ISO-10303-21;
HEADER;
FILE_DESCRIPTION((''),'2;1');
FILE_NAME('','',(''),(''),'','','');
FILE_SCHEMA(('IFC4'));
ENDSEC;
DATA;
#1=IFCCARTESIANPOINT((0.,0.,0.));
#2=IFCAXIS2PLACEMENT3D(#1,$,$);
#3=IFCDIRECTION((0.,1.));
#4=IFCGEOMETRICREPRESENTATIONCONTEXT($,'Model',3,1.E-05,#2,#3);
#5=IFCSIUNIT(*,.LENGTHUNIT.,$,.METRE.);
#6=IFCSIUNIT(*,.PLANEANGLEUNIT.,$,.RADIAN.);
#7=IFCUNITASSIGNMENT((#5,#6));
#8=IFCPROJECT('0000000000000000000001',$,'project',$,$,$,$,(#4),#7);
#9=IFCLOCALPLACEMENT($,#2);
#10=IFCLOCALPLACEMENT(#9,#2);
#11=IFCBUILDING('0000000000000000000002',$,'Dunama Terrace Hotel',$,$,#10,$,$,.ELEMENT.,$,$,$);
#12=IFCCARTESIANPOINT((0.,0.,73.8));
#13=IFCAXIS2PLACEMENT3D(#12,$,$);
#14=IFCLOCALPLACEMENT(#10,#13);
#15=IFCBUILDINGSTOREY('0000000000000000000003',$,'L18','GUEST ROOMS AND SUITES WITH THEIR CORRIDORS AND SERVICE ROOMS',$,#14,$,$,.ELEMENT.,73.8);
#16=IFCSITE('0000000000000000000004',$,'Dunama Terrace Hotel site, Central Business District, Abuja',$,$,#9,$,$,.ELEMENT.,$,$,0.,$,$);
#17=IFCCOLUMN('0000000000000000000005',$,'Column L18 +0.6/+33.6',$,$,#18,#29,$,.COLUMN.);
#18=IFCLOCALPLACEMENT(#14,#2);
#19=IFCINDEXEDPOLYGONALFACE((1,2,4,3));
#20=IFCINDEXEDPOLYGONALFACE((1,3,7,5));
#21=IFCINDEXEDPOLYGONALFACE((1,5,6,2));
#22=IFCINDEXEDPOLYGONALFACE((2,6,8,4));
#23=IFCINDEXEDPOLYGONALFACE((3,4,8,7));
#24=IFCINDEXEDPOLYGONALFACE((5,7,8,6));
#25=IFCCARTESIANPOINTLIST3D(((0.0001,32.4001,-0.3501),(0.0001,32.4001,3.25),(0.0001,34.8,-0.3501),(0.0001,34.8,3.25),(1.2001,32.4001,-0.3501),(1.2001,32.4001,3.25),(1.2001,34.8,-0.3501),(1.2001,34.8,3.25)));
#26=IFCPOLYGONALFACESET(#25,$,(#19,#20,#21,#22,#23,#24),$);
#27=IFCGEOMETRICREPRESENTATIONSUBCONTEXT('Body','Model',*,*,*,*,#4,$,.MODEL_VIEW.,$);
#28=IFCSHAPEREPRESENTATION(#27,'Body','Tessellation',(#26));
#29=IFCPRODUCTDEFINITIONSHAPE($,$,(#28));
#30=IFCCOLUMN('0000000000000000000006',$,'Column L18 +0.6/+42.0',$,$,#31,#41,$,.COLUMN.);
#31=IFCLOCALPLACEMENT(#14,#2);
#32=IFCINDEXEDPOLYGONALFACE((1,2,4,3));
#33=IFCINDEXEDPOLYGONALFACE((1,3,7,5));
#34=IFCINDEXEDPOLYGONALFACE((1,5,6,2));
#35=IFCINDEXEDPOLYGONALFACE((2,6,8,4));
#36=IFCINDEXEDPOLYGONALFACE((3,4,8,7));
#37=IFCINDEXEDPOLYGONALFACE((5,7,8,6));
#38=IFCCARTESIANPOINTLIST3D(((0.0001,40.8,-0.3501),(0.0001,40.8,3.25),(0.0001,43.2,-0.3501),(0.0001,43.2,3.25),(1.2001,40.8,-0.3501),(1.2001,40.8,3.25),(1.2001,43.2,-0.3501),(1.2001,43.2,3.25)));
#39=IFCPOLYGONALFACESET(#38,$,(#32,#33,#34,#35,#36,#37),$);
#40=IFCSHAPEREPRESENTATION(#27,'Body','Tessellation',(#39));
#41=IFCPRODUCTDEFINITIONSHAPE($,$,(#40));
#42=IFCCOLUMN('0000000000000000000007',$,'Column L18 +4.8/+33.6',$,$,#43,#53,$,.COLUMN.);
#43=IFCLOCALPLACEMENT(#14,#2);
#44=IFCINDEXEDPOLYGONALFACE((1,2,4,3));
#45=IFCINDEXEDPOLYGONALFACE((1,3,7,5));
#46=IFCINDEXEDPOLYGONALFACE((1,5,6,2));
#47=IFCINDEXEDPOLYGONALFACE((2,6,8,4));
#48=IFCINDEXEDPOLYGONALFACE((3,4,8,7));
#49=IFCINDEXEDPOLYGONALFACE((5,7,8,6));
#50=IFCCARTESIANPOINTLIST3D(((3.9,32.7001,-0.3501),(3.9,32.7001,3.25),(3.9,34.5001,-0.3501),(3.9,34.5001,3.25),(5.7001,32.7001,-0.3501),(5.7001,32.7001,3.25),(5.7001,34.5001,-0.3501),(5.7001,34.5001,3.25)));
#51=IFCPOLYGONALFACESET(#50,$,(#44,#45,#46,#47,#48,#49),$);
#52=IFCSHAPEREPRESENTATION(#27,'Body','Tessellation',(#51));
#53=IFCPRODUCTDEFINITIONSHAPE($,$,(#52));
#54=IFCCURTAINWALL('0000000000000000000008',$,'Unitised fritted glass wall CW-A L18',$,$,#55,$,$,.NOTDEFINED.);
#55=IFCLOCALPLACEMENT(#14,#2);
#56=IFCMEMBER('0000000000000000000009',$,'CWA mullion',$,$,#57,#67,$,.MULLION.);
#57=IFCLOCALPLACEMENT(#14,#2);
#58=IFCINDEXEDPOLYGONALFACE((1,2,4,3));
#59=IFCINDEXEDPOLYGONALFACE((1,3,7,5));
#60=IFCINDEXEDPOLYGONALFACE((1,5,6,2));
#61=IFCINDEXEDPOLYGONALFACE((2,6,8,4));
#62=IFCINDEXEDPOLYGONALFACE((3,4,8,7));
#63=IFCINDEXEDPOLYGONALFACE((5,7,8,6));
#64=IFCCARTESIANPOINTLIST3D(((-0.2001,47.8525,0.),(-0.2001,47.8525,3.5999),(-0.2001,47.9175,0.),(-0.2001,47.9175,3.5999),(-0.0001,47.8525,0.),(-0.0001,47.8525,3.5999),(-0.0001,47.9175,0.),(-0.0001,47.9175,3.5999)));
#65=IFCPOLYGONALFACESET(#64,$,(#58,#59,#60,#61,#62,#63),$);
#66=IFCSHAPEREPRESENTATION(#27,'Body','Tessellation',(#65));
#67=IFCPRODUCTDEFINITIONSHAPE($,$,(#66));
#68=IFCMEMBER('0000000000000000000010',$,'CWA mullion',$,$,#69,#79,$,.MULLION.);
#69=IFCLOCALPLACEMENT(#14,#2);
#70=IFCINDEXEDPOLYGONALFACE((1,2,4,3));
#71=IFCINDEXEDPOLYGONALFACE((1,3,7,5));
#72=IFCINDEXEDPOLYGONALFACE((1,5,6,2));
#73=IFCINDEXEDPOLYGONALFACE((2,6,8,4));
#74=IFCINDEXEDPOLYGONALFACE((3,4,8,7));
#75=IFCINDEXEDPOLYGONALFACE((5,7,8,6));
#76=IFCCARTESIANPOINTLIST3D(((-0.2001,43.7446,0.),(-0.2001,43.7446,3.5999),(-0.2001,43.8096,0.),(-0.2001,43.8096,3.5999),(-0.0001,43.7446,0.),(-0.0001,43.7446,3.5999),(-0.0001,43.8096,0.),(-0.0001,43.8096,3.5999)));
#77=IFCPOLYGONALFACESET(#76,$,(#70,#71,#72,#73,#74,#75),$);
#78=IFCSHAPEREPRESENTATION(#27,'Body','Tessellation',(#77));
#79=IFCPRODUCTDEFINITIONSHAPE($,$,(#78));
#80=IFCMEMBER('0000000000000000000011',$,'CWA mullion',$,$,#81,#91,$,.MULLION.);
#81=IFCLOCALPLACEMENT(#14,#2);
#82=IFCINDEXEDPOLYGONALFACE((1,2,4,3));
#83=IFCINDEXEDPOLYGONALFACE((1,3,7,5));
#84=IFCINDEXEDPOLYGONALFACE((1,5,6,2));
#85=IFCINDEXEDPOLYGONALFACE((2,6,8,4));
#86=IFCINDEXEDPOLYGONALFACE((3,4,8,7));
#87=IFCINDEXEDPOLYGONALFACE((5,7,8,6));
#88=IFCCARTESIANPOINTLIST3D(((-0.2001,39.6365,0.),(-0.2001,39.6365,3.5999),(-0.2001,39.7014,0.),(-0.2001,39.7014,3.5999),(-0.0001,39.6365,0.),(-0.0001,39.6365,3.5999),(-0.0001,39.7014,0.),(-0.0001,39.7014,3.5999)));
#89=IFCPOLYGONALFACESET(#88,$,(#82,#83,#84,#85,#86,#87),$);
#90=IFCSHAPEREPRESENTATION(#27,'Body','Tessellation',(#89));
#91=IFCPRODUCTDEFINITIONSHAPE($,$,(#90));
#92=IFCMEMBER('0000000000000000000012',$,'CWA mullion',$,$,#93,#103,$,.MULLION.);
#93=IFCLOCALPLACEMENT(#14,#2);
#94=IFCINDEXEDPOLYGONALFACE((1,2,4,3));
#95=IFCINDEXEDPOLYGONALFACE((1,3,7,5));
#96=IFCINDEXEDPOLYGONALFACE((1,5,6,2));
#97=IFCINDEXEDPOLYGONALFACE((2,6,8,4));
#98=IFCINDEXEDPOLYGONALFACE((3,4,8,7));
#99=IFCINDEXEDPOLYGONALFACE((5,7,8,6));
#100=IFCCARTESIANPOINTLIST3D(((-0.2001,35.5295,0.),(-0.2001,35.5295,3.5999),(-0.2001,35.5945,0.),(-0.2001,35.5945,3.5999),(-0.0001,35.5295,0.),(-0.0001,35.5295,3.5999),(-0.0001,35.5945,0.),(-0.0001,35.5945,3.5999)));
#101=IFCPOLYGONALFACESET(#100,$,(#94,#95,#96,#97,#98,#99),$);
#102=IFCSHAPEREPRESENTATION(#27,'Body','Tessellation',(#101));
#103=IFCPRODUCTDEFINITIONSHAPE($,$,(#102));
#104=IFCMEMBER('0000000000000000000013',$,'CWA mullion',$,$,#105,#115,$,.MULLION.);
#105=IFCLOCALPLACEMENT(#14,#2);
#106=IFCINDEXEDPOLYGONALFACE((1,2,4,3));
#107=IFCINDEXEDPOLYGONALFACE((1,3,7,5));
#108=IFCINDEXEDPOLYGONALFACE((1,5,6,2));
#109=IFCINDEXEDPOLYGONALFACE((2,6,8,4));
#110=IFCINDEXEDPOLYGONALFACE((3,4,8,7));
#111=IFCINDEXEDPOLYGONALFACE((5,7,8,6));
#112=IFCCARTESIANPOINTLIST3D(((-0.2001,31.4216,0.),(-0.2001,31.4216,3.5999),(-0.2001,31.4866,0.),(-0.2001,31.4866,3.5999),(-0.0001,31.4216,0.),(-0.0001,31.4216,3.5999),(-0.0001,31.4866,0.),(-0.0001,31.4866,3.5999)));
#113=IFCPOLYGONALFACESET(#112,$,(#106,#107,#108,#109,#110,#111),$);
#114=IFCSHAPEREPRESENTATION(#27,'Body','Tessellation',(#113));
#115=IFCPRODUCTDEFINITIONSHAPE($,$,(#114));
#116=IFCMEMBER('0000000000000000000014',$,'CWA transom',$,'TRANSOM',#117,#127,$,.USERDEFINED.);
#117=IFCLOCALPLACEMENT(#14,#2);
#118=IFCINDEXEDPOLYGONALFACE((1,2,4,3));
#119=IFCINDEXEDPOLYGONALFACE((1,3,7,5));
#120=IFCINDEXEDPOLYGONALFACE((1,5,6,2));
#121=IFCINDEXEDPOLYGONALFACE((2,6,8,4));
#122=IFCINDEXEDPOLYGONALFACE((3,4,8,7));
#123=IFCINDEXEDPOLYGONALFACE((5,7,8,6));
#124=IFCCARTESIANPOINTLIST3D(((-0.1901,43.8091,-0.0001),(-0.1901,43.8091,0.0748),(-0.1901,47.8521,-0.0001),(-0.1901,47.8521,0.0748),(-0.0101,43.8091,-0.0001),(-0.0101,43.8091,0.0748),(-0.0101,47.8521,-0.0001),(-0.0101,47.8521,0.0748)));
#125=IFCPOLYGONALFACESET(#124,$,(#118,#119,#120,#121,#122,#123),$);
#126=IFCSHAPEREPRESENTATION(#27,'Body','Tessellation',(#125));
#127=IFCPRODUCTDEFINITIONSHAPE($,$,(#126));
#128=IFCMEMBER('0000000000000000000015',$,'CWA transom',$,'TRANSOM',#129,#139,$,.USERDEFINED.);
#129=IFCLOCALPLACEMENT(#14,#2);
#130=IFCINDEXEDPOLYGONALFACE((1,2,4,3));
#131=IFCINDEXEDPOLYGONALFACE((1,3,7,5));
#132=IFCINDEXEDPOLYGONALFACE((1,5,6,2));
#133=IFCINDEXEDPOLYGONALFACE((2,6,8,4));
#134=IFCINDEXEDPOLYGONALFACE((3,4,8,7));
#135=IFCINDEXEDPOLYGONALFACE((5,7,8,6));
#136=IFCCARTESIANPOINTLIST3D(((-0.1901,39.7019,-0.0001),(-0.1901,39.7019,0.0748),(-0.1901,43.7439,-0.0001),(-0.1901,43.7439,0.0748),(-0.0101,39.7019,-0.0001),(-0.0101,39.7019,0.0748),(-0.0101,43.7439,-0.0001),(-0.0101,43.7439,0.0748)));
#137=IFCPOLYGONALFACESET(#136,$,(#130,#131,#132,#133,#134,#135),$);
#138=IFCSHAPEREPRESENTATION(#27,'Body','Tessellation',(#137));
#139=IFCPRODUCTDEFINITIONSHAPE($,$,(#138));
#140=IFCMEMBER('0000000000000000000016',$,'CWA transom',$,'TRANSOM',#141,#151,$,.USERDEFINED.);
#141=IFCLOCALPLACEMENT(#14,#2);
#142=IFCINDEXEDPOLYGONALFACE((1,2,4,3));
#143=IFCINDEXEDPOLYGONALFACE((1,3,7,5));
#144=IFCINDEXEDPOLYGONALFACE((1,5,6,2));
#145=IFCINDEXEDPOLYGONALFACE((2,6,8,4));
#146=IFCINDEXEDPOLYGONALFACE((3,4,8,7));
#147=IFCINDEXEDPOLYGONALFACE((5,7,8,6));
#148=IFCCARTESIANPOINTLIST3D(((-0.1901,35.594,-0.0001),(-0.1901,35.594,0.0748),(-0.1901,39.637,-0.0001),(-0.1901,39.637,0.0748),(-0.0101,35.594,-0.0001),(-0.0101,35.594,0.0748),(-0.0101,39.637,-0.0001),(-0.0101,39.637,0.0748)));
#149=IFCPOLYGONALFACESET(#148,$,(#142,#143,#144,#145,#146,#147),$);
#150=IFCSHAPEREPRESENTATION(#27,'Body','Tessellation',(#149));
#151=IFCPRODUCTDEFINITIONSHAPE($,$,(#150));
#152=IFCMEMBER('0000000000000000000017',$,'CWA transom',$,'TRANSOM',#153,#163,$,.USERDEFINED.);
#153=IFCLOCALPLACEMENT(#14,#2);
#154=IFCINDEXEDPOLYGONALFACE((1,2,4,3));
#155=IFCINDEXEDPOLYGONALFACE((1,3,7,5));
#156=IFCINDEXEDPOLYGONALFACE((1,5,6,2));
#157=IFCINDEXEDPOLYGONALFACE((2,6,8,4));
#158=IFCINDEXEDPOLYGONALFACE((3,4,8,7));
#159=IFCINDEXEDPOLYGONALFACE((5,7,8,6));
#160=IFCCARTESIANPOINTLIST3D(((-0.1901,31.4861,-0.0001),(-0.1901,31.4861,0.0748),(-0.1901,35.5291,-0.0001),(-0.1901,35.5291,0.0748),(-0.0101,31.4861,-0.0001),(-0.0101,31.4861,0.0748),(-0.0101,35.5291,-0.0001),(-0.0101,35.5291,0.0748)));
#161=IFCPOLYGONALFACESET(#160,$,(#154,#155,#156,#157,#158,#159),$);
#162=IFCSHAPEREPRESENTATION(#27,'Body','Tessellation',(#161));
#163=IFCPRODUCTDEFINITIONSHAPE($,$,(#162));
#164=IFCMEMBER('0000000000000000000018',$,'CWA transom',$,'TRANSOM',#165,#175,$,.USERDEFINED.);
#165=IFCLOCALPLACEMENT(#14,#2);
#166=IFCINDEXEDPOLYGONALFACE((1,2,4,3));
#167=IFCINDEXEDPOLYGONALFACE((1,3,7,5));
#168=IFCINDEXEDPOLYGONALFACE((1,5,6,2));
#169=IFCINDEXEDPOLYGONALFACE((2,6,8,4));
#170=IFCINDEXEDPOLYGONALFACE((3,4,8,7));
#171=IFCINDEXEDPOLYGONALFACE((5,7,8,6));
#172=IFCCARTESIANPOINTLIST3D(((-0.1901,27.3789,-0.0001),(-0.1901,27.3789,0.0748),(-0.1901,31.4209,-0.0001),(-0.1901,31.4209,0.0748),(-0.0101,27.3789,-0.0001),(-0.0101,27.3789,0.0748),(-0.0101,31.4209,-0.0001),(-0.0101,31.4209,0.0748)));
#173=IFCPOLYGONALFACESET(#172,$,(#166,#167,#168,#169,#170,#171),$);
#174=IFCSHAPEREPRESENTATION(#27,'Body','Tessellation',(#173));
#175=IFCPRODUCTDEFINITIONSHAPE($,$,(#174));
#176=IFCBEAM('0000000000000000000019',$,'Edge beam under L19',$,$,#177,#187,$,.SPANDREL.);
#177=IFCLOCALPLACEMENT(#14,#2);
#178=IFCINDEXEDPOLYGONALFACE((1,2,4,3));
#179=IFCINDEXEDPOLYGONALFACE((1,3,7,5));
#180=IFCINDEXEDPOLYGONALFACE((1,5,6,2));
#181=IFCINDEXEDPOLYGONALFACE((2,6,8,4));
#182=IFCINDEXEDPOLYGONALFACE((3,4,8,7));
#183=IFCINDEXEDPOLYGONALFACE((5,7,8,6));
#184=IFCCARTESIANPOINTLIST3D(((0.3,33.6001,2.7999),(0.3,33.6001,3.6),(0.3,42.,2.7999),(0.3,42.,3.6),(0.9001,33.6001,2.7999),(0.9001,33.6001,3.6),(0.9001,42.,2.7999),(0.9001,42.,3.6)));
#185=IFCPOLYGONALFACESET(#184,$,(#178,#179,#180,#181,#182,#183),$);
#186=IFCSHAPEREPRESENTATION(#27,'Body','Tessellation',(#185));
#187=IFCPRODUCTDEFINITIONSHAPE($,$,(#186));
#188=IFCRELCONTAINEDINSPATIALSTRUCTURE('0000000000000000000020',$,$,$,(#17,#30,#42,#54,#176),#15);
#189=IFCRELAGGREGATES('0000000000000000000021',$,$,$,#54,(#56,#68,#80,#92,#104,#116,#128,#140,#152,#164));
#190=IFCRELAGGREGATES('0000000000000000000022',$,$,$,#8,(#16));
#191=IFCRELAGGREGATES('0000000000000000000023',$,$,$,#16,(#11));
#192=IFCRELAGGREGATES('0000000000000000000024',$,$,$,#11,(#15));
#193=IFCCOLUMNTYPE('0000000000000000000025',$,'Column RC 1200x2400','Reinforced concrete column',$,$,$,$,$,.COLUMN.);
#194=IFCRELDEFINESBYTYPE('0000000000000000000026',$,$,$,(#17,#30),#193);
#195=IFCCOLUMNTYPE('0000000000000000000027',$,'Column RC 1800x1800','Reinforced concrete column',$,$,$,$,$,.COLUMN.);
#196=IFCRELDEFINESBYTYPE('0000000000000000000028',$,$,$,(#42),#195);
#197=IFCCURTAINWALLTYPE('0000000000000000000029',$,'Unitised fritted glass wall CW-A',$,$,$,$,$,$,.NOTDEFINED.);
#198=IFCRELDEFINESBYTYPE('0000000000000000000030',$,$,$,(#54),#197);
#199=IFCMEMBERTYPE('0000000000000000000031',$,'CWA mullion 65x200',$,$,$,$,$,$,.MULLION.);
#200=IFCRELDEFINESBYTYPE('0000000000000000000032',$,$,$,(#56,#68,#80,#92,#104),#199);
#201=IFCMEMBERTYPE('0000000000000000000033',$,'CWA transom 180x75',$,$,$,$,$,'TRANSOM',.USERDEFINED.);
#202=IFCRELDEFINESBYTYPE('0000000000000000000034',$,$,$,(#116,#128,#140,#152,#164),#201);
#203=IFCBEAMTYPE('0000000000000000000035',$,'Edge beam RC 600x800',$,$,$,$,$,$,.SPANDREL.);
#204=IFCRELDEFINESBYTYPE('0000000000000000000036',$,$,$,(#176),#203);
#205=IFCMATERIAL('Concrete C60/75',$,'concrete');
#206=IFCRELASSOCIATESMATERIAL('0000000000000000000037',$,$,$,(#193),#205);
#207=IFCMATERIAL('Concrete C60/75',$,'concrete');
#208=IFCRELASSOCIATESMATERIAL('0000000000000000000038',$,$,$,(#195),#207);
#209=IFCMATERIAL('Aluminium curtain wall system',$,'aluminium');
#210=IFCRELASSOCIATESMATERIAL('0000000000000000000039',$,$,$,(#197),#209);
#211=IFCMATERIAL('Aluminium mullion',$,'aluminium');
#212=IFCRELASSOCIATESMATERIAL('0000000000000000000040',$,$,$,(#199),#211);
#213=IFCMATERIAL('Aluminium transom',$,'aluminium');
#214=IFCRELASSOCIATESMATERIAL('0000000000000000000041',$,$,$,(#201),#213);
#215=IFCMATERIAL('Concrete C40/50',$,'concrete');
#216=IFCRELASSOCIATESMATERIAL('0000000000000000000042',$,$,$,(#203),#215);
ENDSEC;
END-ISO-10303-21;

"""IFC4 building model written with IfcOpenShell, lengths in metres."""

from ifc_helpers import new_model, si_unit, direction, frame, origin, origin_2d, place, context, subcontext, project, spatial, rectangle, extrude, material, material_profile, profile_set, type_object, element, aggregate, save


model = new_model("IFC4")

# Units and contexts
model_context = context("Model", 3, precision=1e-05, world=origin(), true_north=direction((0.0, 1.0)))
body_context = subcontext(model_context, "Body", "Model", "MODEL_VIEW")
ifc_project = project(units=[si_unit("LENGTHUNIT", "METRE"), si_unit("PLANEANGLEUNIT", "RADIAN")], contexts=[model_context])

# Site, building, storey
site_placement = place(None, origin())
site = spatial("IfcSite", under=ifc_project, at=site_placement, Name="Dunama Terrace Hotel site, Central Business District, Abuja", CompositionType="ELEMENT", RefElevation=0.0)
building_placement = place(site_placement, origin())
building = spatial("IfcBuilding", under=site, at=building_placement, Name="Dunama Terrace Hotel", CompositionType="ELEMENT")
storey_placement = place(building_placement, frame((0.0, 0.0, 73.8)))
storey = spatial("IfcBuildingStorey", under=building, at=storey_placement, Name="L18", Description="GUEST ROOMS AND SUITES WITH THEIR CORRIDORS AND SERVICE ROOMS", CompositionType="ELEMENT", Elevation=73.8)

# Columns
ifc_material_1 = material(Name="Concrete C60/75", Category="concrete")
ifc_material_profile_1 = material_profile(ifc_material_1, rectangle(XDim=1.2, YDim=2.3999, at=origin_2d()), Name="RC 1200x2400")
ifc_profile_set_1 = profile_set([ifc_material_profile_1], Name="Concrete C60/75")
column_type_1 = type_object("IfcColumnType", Name="Column RC 1200x2400", Description="Reinforced concrete column", PredefinedType="COLUMN", material=ifc_profile_set_1)
for number, where, z_axis, x_axis, name in (
    (1, (0.6001, 33.6001, -0.3501), (0.0, 0.0, 1.0), (1.0, 0.0, 0.0), "Column L18 +0.6/+33.6"),
    (2, (0.6001, 42.0, -0.3501), (0.0, 0.0, 1.0), (1.0, 0.0, 0.0), "Column L18 +0.6/+42.0"),
):
    element("IfcColumn", number, at=place(storey_placement, frame(where, z_axis=z_axis, x_axis=x_axis)), inside=storey, type_object=column_type_1, Name=name, PredefinedType="COLUMN", context=body_context, shape_type="SweptSolid", body=[
        extrude(rectangle(XDim=1.2, YDim=2.3999, at=origin_2d()), origin(), (0.0, 0.0, 1.0), 3.6001),
    ])
ifc_material_2 = material(Name="Concrete C60/75", Category="concrete")
ifc_material_profile_2 = material_profile(ifc_material_2, rectangle(XDim=1.8, YDim=1.8, at=origin_2d()), Name="RC 1800x1800")
ifc_profile_set_2 = profile_set([ifc_material_profile_2], Name="Concrete C60/75")
column_type_2 = type_object("IfcColumnType", Name="Column RC 1800x1800", Description="Reinforced concrete column", PredefinedType="COLUMN", material=ifc_profile_set_2)
column_placement = place(storey_placement, frame((4.8, 33.6001, -0.3501), z_axis=(0.0, 0.0, 1.0), x_axis=(1.0, 0.0, 0.0)))
element("IfcColumn", 3, at=column_placement, inside=storey, type_object=column_type_2, Name="Column L18 +4.8/+33.6", PredefinedType="COLUMN", context=body_context, shape_type="SweptSolid", body=[
    extrude(rectangle(XDim=1.8, YDim=1.8, at=origin_2d()), origin(), (0.0, 0.0, 1.0), 3.6001),
])

# Curtain wall, members
ifc_material_3 = material(Name="Aluminium curtain wall system", Category="aluminium")
curtain_wall_type = type_object("IfcCurtainWallType", Name="Unitised fritted glass wall CW-A", PredefinedType="NOTDEFINED", material=ifc_material_3)
curtain_wall_placement = place(storey_placement, origin())
curtain_wall = element("IfcCurtainWall", 4, at=curtain_wall_placement, inside=storey, type_object=curtain_wall_type, Name="Unitised fritted glass wall CW-A L18", PredefinedType="NOTDEFINED")
ifc_material_4 = material(Name="Aluminium mullion", Category="aluminium")
ifc_material_profile_3 = material_profile(ifc_material_4, rectangle(XDim=0.0649, YDim=0.2, at=origin_2d()), Name="CWA MULLION 65X200")
ifc_profile_set_3 = profile_set([ifc_material_profile_3], Name="Aluminium mullion")
member_type_1 = type_object("IfcMemberType", Name="CWA mullion 65x200", PredefinedType="MULLION", material=ifc_profile_set_3)
member_1_placement = place(storey_placement, frame((-0.1001, 47.885, 0.0), z_axis=(0.0, 0.0, 1.0), x_axis=(0.0, -1.0, 0.0)))
member_1 = element("IfcMember", 5, at=member_1_placement, type_object=member_type_1, Name="CWA mullion", PredefinedType="MULLION", context=body_context, shape_type="SweptSolid", body=[
    extrude(rectangle(XDim=0.0649, YDim=0.2, at=origin_2d()), origin(), (0.0, 0.0, 1.0), 3.5999),
])
member_2_placement = place(storey_placement, frame((-0.1001, 43.7771, 0.0), z_axis=(0.0, 0.0, 1.0), x_axis=(0.0, -1.0, 0.0)))
member_2 = element("IfcMember", 6, at=member_2_placement, type_object=member_type_1, Name="CWA mullion", PredefinedType="MULLION", context=body_context, shape_type="SweptSolid", body=[
    extrude(rectangle(XDim=0.0649, YDim=0.2, at=origin_2d()), origin(), (0.0, 0.0, 1.0), 3.5999),
])
member_3_placement = place(storey_placement, frame((-0.1001, 39.6689, 0.0), z_axis=(0.0, 0.0, 1.0), x_axis=(0.0, -1.0, 0.0)))
member_3 = element("IfcMember", 7, at=member_3_placement, type_object=member_type_1, Name="CWA mullion", PredefinedType="MULLION", context=body_context, shape_type="SweptSolid", body=[
    extrude(rectangle(XDim=0.0649, YDim=0.2, at=origin_2d()), origin(), (0.0, 0.0, 1.0), 3.5999),
])
member_4_placement = place(storey_placement, frame((-0.1001, 35.562, 0.0), z_axis=(0.0, 0.0, 1.0), x_axis=(0.0, -1.0, 0.0)))
member_4 = element("IfcMember", 8, at=member_4_placement, type_object=member_type_1, Name="CWA mullion", PredefinedType="MULLION", context=body_context, shape_type="SweptSolid", body=[
    extrude(rectangle(XDim=0.0649, YDim=0.2, at=origin_2d()), origin(), (0.0, 0.0, 1.0), 3.5999),
])
member_5_placement = place(storey_placement, frame((-0.1001, 31.4541, 0.0), z_axis=(0.0, 0.0, 1.0), x_axis=(0.0, -1.0, 0.0)))
member_5 = element("IfcMember", 9, at=member_5_placement, type_object=member_type_1, Name="CWA mullion", PredefinedType="MULLION", context=body_context, shape_type="SweptSolid", body=[
    extrude(rectangle(XDim=0.0649, YDim=0.2, at=origin_2d()), origin(), (0.0, 0.0, 1.0), 3.5999),
])
ifc_material_5 = material(Name="Aluminium transom", Category="aluminium")
ifc_material_profile_4 = material_profile(ifc_material_5, rectangle(XDim=0.1799, YDim=0.075, at=origin_2d()), Name="CWA TRANSOM 180X75")
ifc_profile_set_4 = profile_set([ifc_material_profile_4], Name="Aluminium transom")
member_type_2 = type_object("IfcMemberType", Name="CWA transom 180x75", ElementType="TRANSOM", PredefinedType="USERDEFINED", material=ifc_profile_set_4)
member_6_placement = place(storey_placement, frame((-0.1001, 47.8521, 0.0374), z_axis=(0.0, -1.0, 0.0), x_axis=(1.0, 0.0, 0.0)))
member_6 = element("IfcMember", 10, at=member_6_placement, type_object=member_type_2, Name="CWA transom", ObjectType="TRANSOM", PredefinedType="USERDEFINED", context=body_context, shape_type="SweptSolid", body=[
    extrude(rectangle(XDim=0.1799, YDim=0.075, at=origin_2d()), origin(), (0.0, 0.0, 1.0), 4.043),
])
member_7_placement = place(storey_placement, frame((-0.1001, 43.7439, 0.0374), z_axis=(0.0, -1.0, 0.0), x_axis=(1.0, 0.0, 0.0)))
member_7 = element("IfcMember", 11, at=member_7_placement, type_object=member_type_2, Name="CWA transom", ObjectType="TRANSOM", PredefinedType="USERDEFINED", context=body_context, shape_type="SweptSolid", body=[
    extrude(rectangle(XDim=0.1799, YDim=0.075, at=origin_2d()), origin(), (0.0, 0.0, 1.0), 4.042),
])
member_8_placement = place(storey_placement, frame((-0.1001, 39.637, 0.0374), z_axis=(0.0, -1.0, 0.0), x_axis=(1.0, 0.0, 0.0)))
member_8 = element("IfcMember", 12, at=member_8_placement, type_object=member_type_2, Name="CWA transom", ObjectType="TRANSOM", PredefinedType="USERDEFINED", context=body_context, shape_type="SweptSolid", body=[
    extrude(rectangle(XDim=0.1799, YDim=0.075, at=origin_2d()), origin(), (0.0, 0.0, 1.0), 4.043),
])
member_9_placement = place(storey_placement, frame((-0.1001, 35.5291, 0.0374), z_axis=(0.0, -1.0, 0.0), x_axis=(1.0, 0.0, 0.0)))
member_9 = element("IfcMember", 13, at=member_9_placement, type_object=member_type_2, Name="CWA transom", ObjectType="TRANSOM", PredefinedType="USERDEFINED", context=body_context, shape_type="SweptSolid", body=[
    extrude(rectangle(XDim=0.1799, YDim=0.075, at=origin_2d()), origin(), (0.0, 0.0, 1.0), 4.043),
])
member_10_placement = place(storey_placement, frame((-0.1001, 31.4209, 0.0374), z_axis=(0.0, -1.0, 0.0), x_axis=(1.0, 0.0, 0.0)))
member_10 = element("IfcMember", 14, at=member_10_placement, type_object=member_type_2, Name="CWA transom", ObjectType="TRANSOM", PredefinedType="USERDEFINED", context=body_context, shape_type="SweptSolid", body=[
    extrude(rectangle(XDim=0.1799, YDim=0.075, at=origin_2d()), origin(), (0.0, 0.0, 1.0), 4.042),
])

# Beam
ifc_material_6 = material(Name="Concrete C40/50", Category="concrete")
ifc_material_profile_5 = material_profile(ifc_material_6, rectangle(XDim=0.6001, YDim=0.8, at=origin_2d()), Name="RC 600x800")
ifc_profile_set_5 = profile_set([ifc_material_profile_5], Name="Concrete C40/50")
beam_type = type_object("IfcBeamType", Name="Edge beam RC 600x800", PredefinedType="SPANDREL", material=ifc_profile_set_5)
for number, where, z_axis, x_axis, name in (
    (15, (0.6001, 33.6001, 3.2), (0.0, 1.0, 0.0), (-1.0, 0.0, 0.0), "Edge beam under L19"),
):
    element("IfcBeam", number, at=place(storey_placement, frame(where, z_axis=z_axis, x_axis=x_axis)), inside=storey, type_object=beam_type, Name=name, PredefinedType="SPANDREL", context=body_context, shape_type="SweptSolid", body=[
        extrude(rectangle(XDim=0.6001, YDim=0.8, at=origin_2d()), origin(), (0.0, 0.0, 1.0), 8.3999),
    ])

aggregate(curtain_wall, [member_1, member_2, member_3, member_4, member_5, member_6, member_7, member_8, member_9, member_10])

save(model, "model.ifc")
